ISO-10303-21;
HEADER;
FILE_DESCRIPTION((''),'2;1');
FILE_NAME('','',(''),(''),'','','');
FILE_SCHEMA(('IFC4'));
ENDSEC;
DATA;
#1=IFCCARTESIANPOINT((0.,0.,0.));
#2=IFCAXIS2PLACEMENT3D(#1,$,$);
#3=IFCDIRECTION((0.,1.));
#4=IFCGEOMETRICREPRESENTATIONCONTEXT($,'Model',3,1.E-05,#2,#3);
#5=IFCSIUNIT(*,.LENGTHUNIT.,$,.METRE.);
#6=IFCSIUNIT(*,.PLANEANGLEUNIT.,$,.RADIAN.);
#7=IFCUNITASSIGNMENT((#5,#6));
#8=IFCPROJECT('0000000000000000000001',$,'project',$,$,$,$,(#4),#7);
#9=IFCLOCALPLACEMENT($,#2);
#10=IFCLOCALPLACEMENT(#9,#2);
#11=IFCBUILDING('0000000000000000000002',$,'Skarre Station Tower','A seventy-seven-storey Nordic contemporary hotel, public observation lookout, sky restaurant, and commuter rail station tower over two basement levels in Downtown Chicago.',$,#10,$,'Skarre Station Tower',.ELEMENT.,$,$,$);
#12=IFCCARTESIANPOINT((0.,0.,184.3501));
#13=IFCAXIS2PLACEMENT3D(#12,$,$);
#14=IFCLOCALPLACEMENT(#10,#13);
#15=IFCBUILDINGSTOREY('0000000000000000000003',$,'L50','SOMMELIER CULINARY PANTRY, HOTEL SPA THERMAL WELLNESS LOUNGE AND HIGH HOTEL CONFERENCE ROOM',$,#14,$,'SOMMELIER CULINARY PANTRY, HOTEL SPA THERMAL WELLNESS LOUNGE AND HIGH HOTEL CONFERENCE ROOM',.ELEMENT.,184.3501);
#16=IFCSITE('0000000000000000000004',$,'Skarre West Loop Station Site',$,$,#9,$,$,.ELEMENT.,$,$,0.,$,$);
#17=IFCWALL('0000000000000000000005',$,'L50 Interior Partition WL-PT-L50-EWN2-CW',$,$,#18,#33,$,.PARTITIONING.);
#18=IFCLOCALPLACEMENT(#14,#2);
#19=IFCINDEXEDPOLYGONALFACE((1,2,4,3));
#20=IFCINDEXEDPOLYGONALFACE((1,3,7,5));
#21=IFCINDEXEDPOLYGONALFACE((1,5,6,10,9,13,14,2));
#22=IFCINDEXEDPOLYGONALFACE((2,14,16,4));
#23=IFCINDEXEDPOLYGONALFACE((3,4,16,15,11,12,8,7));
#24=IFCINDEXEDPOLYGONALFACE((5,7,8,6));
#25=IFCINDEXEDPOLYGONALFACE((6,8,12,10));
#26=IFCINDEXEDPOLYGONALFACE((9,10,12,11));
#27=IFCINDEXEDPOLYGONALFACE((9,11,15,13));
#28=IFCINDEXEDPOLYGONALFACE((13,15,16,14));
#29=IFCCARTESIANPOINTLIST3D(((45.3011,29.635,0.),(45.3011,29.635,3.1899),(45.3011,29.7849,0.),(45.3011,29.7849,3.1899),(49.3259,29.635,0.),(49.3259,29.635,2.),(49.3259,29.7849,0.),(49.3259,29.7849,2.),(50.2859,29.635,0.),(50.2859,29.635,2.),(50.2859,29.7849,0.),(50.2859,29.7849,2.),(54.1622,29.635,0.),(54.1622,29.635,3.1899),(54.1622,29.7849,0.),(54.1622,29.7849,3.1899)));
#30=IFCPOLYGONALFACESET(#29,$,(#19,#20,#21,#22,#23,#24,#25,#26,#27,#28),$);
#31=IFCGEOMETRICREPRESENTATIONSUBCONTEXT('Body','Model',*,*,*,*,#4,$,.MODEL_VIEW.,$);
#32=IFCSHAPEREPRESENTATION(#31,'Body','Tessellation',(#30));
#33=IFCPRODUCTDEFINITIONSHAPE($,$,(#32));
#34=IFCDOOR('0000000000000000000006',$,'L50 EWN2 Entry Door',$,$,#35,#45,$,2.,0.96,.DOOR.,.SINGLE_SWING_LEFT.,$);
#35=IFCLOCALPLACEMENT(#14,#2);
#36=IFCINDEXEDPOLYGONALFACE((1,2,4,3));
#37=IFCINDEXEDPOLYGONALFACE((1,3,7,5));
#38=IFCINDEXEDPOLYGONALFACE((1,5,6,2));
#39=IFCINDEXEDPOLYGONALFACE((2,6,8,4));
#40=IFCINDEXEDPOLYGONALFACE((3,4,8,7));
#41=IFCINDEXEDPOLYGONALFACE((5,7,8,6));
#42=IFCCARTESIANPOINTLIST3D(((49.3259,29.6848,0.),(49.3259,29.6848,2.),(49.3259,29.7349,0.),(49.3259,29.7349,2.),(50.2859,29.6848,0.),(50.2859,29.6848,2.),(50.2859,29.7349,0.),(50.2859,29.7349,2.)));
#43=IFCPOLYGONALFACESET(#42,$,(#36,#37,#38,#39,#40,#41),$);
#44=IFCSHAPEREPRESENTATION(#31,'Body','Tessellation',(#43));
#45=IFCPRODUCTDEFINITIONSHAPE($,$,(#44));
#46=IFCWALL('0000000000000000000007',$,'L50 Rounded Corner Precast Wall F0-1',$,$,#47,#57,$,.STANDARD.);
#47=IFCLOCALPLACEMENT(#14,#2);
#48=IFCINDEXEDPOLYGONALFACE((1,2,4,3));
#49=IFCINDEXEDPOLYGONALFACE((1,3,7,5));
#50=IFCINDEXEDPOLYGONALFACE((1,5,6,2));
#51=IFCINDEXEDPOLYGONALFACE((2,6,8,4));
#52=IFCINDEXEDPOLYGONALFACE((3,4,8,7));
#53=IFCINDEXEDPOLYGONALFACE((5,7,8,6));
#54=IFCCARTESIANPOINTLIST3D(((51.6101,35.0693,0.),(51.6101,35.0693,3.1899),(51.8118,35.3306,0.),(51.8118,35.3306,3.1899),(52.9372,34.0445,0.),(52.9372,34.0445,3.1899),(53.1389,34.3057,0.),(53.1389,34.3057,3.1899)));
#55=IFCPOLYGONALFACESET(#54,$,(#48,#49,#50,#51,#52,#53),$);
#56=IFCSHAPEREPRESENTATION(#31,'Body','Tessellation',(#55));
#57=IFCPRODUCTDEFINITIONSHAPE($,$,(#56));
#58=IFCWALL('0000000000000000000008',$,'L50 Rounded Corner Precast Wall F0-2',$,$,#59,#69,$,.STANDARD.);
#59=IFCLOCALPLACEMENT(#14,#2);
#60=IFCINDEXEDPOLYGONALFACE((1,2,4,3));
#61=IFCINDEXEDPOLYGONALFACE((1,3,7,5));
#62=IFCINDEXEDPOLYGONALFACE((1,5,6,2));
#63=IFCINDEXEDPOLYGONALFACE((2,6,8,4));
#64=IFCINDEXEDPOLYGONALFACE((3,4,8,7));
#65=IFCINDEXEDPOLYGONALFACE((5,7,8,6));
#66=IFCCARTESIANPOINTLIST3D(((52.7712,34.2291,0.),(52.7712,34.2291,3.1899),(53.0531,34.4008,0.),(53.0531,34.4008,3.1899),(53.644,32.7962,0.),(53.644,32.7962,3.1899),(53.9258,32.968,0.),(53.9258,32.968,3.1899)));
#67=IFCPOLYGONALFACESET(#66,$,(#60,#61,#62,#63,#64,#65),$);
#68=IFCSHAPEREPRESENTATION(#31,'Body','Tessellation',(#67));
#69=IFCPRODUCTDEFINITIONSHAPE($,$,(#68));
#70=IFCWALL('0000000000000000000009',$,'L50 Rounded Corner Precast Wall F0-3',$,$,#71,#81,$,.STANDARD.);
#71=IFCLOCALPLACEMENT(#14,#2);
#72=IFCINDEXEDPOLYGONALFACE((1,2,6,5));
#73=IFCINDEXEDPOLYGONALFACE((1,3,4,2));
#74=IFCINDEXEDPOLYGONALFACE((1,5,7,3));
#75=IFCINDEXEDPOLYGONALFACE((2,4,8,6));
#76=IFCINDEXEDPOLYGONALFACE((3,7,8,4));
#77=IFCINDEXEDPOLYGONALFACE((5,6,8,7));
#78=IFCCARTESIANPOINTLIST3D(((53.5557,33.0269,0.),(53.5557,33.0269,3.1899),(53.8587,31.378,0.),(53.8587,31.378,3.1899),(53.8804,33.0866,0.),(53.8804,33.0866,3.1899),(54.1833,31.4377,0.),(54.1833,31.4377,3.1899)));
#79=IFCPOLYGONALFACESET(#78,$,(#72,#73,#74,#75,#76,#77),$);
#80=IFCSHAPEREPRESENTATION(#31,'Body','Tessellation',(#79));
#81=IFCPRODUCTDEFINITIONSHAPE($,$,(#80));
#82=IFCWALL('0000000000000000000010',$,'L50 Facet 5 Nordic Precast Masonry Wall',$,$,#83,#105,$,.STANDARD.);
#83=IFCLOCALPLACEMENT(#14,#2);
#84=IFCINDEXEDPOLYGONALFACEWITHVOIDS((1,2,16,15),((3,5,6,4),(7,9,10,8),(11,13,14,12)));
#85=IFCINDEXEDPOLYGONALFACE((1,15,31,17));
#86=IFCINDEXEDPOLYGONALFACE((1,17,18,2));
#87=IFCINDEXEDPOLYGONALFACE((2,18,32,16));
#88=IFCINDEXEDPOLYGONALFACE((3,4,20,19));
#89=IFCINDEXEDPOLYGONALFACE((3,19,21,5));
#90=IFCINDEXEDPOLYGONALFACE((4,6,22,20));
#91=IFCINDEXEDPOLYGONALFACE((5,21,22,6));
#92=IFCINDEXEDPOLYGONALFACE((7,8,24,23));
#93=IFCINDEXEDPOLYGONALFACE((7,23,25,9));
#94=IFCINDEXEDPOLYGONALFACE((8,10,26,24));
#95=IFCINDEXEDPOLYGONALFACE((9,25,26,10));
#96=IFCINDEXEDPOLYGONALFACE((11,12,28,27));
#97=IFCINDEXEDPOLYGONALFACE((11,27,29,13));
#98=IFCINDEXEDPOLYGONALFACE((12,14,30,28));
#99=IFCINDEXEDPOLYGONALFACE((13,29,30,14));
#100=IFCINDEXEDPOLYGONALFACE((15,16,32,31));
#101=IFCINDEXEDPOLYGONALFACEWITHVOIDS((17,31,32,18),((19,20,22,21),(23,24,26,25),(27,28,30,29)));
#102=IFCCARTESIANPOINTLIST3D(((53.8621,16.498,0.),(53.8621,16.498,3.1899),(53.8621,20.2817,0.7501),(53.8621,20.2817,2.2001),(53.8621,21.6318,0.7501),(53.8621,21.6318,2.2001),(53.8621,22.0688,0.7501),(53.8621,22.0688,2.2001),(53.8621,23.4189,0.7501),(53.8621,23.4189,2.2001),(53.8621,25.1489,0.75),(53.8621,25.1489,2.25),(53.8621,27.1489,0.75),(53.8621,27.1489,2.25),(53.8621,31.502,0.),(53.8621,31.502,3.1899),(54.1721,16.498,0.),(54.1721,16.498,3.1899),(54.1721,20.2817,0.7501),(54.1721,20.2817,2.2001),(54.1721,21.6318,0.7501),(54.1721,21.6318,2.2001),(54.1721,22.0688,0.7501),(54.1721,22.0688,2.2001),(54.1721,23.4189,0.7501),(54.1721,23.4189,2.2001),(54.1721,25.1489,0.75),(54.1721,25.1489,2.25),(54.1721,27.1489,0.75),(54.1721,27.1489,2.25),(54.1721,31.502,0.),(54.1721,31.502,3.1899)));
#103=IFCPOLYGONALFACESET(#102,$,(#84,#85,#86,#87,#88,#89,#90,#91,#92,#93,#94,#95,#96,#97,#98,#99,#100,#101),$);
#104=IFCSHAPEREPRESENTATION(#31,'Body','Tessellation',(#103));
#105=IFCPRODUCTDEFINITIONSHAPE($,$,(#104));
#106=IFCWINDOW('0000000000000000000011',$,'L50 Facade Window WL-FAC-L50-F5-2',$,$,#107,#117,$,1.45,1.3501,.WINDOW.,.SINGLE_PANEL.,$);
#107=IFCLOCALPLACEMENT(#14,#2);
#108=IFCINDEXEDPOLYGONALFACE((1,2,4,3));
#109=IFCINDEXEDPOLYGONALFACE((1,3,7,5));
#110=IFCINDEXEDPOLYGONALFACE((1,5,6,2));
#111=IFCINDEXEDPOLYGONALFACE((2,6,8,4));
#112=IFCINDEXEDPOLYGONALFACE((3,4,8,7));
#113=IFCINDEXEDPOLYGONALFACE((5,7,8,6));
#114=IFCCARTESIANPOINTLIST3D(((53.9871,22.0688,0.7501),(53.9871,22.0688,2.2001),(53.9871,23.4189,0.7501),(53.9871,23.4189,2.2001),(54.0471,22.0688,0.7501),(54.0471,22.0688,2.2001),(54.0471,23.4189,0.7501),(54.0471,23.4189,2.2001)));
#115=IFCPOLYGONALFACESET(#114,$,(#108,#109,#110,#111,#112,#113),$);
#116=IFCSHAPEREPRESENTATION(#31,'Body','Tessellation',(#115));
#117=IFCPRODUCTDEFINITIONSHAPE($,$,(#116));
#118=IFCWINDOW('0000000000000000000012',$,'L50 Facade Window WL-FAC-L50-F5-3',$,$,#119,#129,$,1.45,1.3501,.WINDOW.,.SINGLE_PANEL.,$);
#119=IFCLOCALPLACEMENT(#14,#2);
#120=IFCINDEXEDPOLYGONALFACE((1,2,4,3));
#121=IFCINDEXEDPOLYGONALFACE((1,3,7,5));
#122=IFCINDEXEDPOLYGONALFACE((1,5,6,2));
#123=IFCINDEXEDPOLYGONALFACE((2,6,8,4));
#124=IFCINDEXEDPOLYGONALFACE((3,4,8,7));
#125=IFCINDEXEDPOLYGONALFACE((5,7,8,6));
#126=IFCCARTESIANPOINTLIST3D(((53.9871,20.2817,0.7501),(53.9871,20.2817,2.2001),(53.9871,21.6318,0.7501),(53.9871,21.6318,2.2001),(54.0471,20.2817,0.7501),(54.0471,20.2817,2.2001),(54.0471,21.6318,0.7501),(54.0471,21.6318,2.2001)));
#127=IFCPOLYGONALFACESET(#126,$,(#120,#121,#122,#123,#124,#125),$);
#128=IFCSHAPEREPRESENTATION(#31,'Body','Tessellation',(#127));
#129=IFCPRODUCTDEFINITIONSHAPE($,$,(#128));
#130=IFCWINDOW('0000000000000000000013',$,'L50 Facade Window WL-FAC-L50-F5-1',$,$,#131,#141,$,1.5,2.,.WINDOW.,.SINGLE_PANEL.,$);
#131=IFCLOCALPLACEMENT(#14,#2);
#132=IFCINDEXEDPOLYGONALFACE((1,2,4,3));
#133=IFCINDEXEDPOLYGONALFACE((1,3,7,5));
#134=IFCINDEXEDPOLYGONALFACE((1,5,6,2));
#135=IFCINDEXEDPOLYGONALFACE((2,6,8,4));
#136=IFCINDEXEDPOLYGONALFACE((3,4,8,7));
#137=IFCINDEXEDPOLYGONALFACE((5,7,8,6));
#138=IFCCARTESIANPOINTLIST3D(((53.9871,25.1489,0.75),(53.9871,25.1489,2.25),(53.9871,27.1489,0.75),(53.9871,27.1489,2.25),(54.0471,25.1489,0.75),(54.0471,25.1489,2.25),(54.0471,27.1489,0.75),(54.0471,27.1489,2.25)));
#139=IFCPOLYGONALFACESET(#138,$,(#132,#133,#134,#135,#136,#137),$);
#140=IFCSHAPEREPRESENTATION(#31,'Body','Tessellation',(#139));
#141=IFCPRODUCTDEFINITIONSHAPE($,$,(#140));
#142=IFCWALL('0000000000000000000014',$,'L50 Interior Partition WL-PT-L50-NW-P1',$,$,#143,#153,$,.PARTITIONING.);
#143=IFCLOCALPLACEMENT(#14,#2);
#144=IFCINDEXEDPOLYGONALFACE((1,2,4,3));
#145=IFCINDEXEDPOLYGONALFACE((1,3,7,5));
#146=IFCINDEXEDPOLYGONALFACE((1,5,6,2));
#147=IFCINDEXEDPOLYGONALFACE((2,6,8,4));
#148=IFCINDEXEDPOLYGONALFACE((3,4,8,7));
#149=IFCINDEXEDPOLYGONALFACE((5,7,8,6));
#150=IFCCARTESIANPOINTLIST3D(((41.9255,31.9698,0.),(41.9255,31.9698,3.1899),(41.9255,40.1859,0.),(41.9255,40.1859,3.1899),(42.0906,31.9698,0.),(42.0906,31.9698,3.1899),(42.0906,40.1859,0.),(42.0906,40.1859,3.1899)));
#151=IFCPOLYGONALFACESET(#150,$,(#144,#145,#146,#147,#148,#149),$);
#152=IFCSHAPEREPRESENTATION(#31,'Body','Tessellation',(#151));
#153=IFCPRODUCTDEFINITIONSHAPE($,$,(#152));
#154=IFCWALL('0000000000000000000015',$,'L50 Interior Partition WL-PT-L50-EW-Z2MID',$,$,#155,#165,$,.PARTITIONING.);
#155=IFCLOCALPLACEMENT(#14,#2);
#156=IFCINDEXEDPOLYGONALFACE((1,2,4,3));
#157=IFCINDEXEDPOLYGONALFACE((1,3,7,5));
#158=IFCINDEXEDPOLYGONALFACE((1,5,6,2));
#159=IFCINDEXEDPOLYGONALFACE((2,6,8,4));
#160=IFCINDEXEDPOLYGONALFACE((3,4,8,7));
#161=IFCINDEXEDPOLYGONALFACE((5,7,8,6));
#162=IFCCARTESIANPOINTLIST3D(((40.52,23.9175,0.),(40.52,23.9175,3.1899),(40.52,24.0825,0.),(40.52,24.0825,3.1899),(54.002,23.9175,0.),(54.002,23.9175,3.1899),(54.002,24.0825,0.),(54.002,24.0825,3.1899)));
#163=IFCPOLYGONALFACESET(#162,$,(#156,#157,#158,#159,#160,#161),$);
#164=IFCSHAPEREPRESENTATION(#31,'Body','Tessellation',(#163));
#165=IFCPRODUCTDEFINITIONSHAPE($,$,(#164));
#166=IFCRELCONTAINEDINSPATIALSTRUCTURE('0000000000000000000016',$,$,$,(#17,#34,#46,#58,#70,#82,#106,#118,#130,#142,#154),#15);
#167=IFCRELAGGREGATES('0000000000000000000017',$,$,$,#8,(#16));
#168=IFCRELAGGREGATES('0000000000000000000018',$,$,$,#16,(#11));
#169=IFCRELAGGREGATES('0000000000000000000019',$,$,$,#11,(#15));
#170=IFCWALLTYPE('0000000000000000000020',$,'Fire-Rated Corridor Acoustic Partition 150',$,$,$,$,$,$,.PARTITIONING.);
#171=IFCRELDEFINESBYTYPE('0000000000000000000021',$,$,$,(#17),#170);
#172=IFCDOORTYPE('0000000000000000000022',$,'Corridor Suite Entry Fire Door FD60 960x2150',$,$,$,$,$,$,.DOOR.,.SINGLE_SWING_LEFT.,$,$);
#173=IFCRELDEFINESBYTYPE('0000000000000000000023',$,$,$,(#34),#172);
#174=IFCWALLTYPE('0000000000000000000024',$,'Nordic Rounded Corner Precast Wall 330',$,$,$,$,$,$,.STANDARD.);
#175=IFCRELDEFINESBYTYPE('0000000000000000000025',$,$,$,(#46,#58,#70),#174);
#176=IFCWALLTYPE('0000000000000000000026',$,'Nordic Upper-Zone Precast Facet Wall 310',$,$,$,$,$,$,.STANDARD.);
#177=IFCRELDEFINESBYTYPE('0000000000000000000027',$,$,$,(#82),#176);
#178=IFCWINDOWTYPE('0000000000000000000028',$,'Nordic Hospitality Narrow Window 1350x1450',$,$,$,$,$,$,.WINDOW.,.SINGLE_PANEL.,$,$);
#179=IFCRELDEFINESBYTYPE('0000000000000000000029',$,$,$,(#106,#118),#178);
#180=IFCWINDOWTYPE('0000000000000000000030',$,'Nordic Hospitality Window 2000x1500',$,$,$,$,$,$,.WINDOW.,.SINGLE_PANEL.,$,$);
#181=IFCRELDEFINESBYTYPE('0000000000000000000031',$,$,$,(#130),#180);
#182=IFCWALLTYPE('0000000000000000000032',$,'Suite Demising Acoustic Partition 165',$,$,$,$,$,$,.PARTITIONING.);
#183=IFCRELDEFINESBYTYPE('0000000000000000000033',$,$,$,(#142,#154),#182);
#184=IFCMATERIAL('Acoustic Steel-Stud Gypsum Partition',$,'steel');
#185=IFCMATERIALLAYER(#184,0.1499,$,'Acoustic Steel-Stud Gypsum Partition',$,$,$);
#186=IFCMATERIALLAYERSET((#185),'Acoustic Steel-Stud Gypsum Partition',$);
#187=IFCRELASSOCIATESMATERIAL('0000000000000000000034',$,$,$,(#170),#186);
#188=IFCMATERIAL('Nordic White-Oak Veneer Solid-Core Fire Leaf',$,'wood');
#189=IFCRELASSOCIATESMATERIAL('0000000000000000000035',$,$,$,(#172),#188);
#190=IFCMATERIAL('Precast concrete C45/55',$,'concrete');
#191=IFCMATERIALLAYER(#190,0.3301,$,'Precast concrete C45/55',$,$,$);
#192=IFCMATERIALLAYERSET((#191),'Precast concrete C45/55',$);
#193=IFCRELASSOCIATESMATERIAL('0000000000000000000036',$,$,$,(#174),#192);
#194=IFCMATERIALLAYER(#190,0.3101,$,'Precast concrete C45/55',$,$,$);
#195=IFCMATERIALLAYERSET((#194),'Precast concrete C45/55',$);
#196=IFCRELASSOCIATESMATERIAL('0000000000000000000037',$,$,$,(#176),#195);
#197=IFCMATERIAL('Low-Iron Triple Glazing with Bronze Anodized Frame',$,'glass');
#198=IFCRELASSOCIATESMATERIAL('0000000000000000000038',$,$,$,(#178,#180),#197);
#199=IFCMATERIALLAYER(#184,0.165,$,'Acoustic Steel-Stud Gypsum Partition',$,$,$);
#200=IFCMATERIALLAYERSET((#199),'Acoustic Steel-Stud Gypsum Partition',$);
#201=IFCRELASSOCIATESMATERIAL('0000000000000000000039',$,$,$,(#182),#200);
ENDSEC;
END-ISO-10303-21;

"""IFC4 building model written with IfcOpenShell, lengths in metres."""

from ifc_helpers import new_model, si_unit, direction, frame, frame_2d, origin, place, context, subcontext, project, spatial, rectangle, extrude, material, layer, layer_set, type_object, element, fill, save


model = new_model("IFC4")

# Units and contexts
model_context = context("Model", 3, precision=1e-05, world=origin(), true_north=direction((0.0, 1.0)))
body_context = subcontext(model_context, "Body", "Model", "MODEL_VIEW")
ifc_project = project(units=[si_unit("LENGTHUNIT", "METRE"), si_unit("PLANEANGLEUNIT", "RADIAN")], contexts=[model_context])

# Site, building, storey
site_placement = place(None, origin())
site = spatial("IfcSite", under=ifc_project, at=site_placement, Name="Skarre West Loop Station Site", CompositionType="ELEMENT", RefElevation=0.0)
building_placement = place(site_placement, origin())
building = spatial("IfcBuilding", under=site, at=building_placement, Name="Skarre Station Tower", Description="A seventy-seven-storey Nordic contemporary hotel, public observation lookout, sky restaurant, and commuter rail station tower over two basement levels in Downtown Chicago.", LongName="Skarre Station Tower", CompositionType="ELEMENT")
storey_placement = place(building_placement, frame((0.0, 0.0, 184.3501)))
storey = spatial("IfcBuildingStorey", under=building, at=storey_placement, Name="L50", Description="SOMMELIER CULINARY PANTRY, HOTEL SPA THERMAL WELLNESS LOUNGE AND HIGH HOTEL CONFERENCE ROOM", LongName="SOMMELIER CULINARY PANTRY, HOTEL SPA THERMAL WELLNESS LOUNGE AND HIGH HOTEL CONFERENCE ROOM", CompositionType="ELEMENT", Elevation=184.3501)

# Shared definitions
ifc_material_1 = material(Name="Acoustic Steel-Stud Gypsum Partition", Category="steel")
ifc_layer_1 = layer(ifc_material_1, 0.1499, Name="Acoustic Steel-Stud Gypsum Partition")
ifc_layer_set_1 = layer_set([ifc_layer_1], Name="Acoustic Steel-Stud Gypsum Partition")
wall_type_1 = type_object("IfcWallType", Name="Fire-Rated Corridor Acoustic Partition 150", PredefinedType="PARTITIONING", material=ifc_layer_set_1)

# Wall, opening, door
ifc_material_2 = material(Name="Nordic White-Oak Veneer Solid-Core Fire Leaf", Category="wood")
door_type = type_object("IfcDoorType", Name="Corridor Suite Entry Fire Door FD60 960x2150", OperationType="SINGLE_SWING_LEFT", PredefinedType="DOOR", material=ifc_material_2)
wall_1_placement = place(storey_placement, frame((45.301, 29.71, 0.0), z_axis=(0.0, 0.0, 1.0), x_axis=(1.0, 0.0, 0.0)))
wall_1 = element("IfcWall", 1, at=wall_1_placement, inside=storey, type_object=wall_type_1, Name="L50 Interior Partition WL-PT-L50-EWN2-CW", PredefinedType="PARTITIONING", context=body_context, shape_type="SweptSolid", body=[
    extrude(rectangle(XDim=8.8611, YDim=0.1499, at=frame_2d((4.4307, 0.0))), origin(), (0.0, 0.0, 1.0), 3.1899),
])
opening_1_placement = place(wall_1_placement, frame((4.0249, 0.0, 0.0)))
opening_1 = element("IfcOpeningElement", 2, at=opening_1_placement, cuts=wall_1, PredefinedType="OPENING", context=body_context, shape_type="SweptSolid", body=[
    extrude(rectangle(XDim=0.96, YDim=2.0, at=frame_2d((0.48, 1.0))), frame((0.0, 0.085, 0.0), z_axis=(0.0, -1.0, 0.0), x_axis=(1.0, 0.0, 0.0)), (0.0, 0.0, 1.0), 0.1699),
])
door_1_placement = place(opening_1_placement, origin())
door_1 = element("IfcDoor", 3, at=door_1_placement, inside=storey, type_object=door_type, Name="L50 EWN2 Entry Door", OperationType="SINGLE_SWING_LEFT", OverallHeight=2.0, OverallWidth=0.96, PredefinedType="DOOR", context=body_context, shape_type="SweptSolid", body=[
    extrude(rectangle(XDim=0.96, YDim=2.0, at=frame_2d((0.48, 1.0))), frame((0.0, 0.0249, 0.0), z_axis=(0.0, -1.0, 0.0), x_axis=(1.0, 0.0, 0.0)), (0.0, 0.0, 1.0), 0.05),
])
fill(opening_1, door_1)

# Walls
ifc_material_3 = material(Name="Precast concrete C45/55", Category="concrete")
ifc_layer_2 = layer(ifc_material_3, 0.3301, Name="Precast concrete C45/55")
ifc_layer_set_2 = layer_set([ifc_layer_2], Name="Precast concrete C45/55")
wall_type_2 = type_object("IfcWallType", Name="Nordic Rounded Corner Precast Wall 330", PredefinedType="STANDARD", material=ifc_layer_set_2)
wall_2_placement = place(storey_placement, frame((51.7109, 35.2, 0.0), z_axis=(0.0, 0.0, 1.0), x_axis=(0.791464, -0.611215, 0.0)))
element("IfcWall", 4, at=wall_2_placement, inside=storey, type_object=wall_type_2, Name="L50 Rounded Corner Precast Wall F0-1", PredefinedType="STANDARD", context=body_context, shape_type="SweptSolid", body=[
    extrude(rectangle(XDim=1.6768, YDim=0.3301, at=frame_2d((0.8384, 0.0))), origin(), (0.0, 0.0, 1.0), 3.1899),
])
wall_3_placement = place(storey_placement, frame((52.9121, 34.3149, 0.0), z_axis=(0.0, 0.0, 1.0), x_axis=(0.520219, -0.854033, 0.0)))
element("IfcWall", 5, at=wall_3_placement, inside=storey, type_object=wall_type_2, Name="L50 Rounded Corner Precast Wall F0-2", PredefinedType="STANDARD", context=body_context, shape_type="SweptSolid", body=[
    extrude(rectangle(XDim=1.6777, YDim=0.3301, at=frame_2d((0.8389, 0.0))), origin(), (0.0, 0.0, 1.0), 3.1899),
])
wall_4_placement = place(storey_placement, frame((53.718, 33.0569, 0.0), z_axis=(0.0, 0.0, 1.0), x_axis=(0.180718, -0.983535, 0.0)))
element("IfcWall", 6, at=wall_4_placement, inside=storey, type_object=wall_type_2, Name="L50 Rounded Corner Precast Wall F0-3", PredefinedType="STANDARD", context=body_context, shape_type="SweptSolid", body=[
    extrude(rectangle(XDim=1.6765, YDim=0.3301, at=frame_2d((0.8384, 0.0))), origin(), (0.0, 0.0, 1.0), 3.1899),
])

# Wall, openings, windows
ifc_layer_3 = layer(ifc_material_3, 0.3101, Name="Precast concrete C45/55")
ifc_layer_set_3 = layer_set([ifc_layer_3], Name="Precast concrete C45/55")
wall_type_3 = type_object("IfcWallType", Name="Nordic Upper-Zone Precast Facet Wall 310", PredefinedType="STANDARD", material=ifc_layer_set_3)
wall_5_placement = place(storey_placement, frame((54.0171, 31.502, 0.0), z_axis=(0.0, 0.0, 1.0), x_axis=(0.0, -1.0, 0.0)))
wall_5 = element("IfcWall", 7, at=wall_5_placement, inside=storey, type_object=wall_type_3, Name="L50 Facet 5 Nordic Precast Masonry Wall", PredefinedType="STANDARD", context=body_context, shape_type="SweptSolid", body=[
    extrude(rectangle(XDim=15.0039, YDim=0.3101, at=frame_2d((7.502, 0.0))), origin(), (0.0, 0.0, 1.0), 3.1899),
])
opening_2_placement = place(wall_5_placement, frame((4.353, 0.0, 0.75)))
opening_2 = element("IfcOpeningElement", 8, at=opening_2_placement, cuts=wall_5, PredefinedType="OPENING", context=body_context, shape_type="SweptSolid", body=[
    extrude(rectangle(XDim=2.0, YDim=1.5, at=frame_2d((1.0, 0.75))), frame((0.0, 0.165, 0.0), z_axis=(0.0, -1.0, 0.0), x_axis=(1.0, 0.0, 0.0)), (0.0, 0.0, 1.0), 0.3301),
])
opening_3_placement = place(wall_5_placement, frame((8.083, 0.0, 0.75)))
opening_3 = element("IfcOpeningElement", 9, at=opening_3_placement, cuts=wall_5, PredefinedType="OPENING", context=body_context, shape_type="SweptSolid", body=[
    extrude(rectangle(XDim=1.3501, YDim=1.45, at=frame_2d((0.675, 0.7251))), frame((0.0, 0.165, 0.0), z_axis=(0.0, -1.0, 0.0), x_axis=(1.0, 0.0, 0.0)), (0.0, 0.0, 1.0), 0.3301),
])
opening_4_placement = place(wall_5_placement, frame((9.8701, 0.0, 0.75)))
opening_4 = element("IfcOpeningElement", 10, at=opening_4_placement, cuts=wall_5, PredefinedType="OPENING", context=body_context, shape_type="SweptSolid", body=[
    extrude(rectangle(XDim=1.3501, YDim=1.45, at=frame_2d((0.675, 0.7251))), frame((0.0, 0.165, 0.0), z_axis=(0.0, -1.0, 0.0), x_axis=(1.0, 0.0, 0.0)), (0.0, 0.0, 1.0), 0.3301),
])
ifc_material_4 = material(Name="Low-Iron Triple Glazing with Bronze Anodized Frame", Category="glass")
window_type_1 = type_object("IfcWindowType", Name="Nordic Hospitality Narrow Window 1350x1450", PartitioningType="SINGLE_PANEL", PredefinedType="WINDOW", material=ifc_material_4)
window_1_placement = place(opening_3_placement, origin())
window_1 = element("IfcWindow", 11, at=window_1_placement, inside=storey, type_object=window_type_1, Name="L50 Facade Window WL-FAC-L50-F5-2", OverallHeight=1.45, OverallWidth=1.3501, PartitioningType="SINGLE_PANEL", PredefinedType="WINDOW", context=body_context, shape_type="SweptSolid", body=[
    extrude(rectangle(XDim=1.3501, YDim=1.45, at=frame_2d((0.675, 0.7251))), frame((0.0, 0.03, 0.0), z_axis=(0.0, -1.0, 0.0), x_axis=(1.0, 0.0, 0.0)), (0.0, 0.0, 1.0), 0.0601),
])
fill(opening_3, window_1)
window_2_placement = place(opening_4_placement, origin())
window_2 = element("IfcWindow", 12, at=window_2_placement, inside=storey, type_object=window_type_1, Name="L50 Facade Window WL-FAC-L50-F5-3", OverallHeight=1.45, OverallWidth=1.3501, PartitioningType="SINGLE_PANEL", PredefinedType="WINDOW", context=body_context, shape_type="SweptSolid", body=[
    extrude(rectangle(XDim=1.3501, YDim=1.45, at=frame_2d((0.675, 0.7251))), frame((0.0, 0.03, 0.0), z_axis=(0.0, -1.0, 0.0), x_axis=(1.0, 0.0, 0.0)), (0.0, 0.0, 1.0), 0.0601),
])
fill(opening_4, window_2)
window_type_2 = type_object("IfcWindowType", Name="Nordic Hospitality Window 2000x1500", PartitioningType="SINGLE_PANEL", PredefinedType="WINDOW", material=ifc_material_4)
window_3_placement = place(opening_2_placement, origin())
window_3 = element("IfcWindow", 13, at=window_3_placement, inside=storey, type_object=window_type_2, Name="L50 Facade Window WL-FAC-L50-F5-1", OverallHeight=1.5, OverallWidth=2.0, PartitioningType="SINGLE_PANEL", PredefinedType="WINDOW", context=body_context, shape_type="SweptSolid", body=[
    extrude(rectangle(XDim=2.0, YDim=1.5, at=frame_2d((1.0, 0.75))), frame((0.0, 0.03, 0.0), z_axis=(0.0, -1.0, 0.0), x_axis=(1.0, 0.0, 0.0)), (0.0, 0.0, 1.0), 0.0601),
])
fill(opening_2, window_3)

# Walls
ifc_layer_4 = layer(ifc_material_1, 0.165, Name="Acoustic Steel-Stud Gypsum Partition")
ifc_layer_set_4 = layer_set([ifc_layer_4], Name="Acoustic Steel-Stud Gypsum Partition")
wall_type_4 = type_object("IfcWallType", Name="Suite Demising Acoustic Partition 165", PredefinedType="PARTITIONING", material=ifc_layer_set_4)
wall_6_placement = place(storey_placement, frame((42.0081, 31.97, 0.0), z_axis=(0.0, 0.0, 1.0), x_axis=(0.0, 1.0, 0.0)))
element("IfcWall", 14, at=wall_6_placement, inside=storey, type_object=wall_type_4, Name="L50 Interior Partition WL-PT-L50-NW-P1", PredefinedType="PARTITIONING", context=body_context, shape_type="SweptSolid", body=[
    extrude(rectangle(XDim=8.2161, YDim=0.165, at=frame_2d((4.1079, 0.0))), origin(), (0.0, 0.0, 1.0), 3.1899),
])
wall_7_placement = place(storey_placement, frame((40.52, 24.0, 0.0), z_axis=(0.0, 0.0, 1.0), x_axis=(1.0, 0.0, 0.0)))
element("IfcWall", 15, at=wall_7_placement, inside=storey, type_object=wall_type_4, Name="L50 Interior Partition WL-PT-L50-EW-Z2MID", PredefinedType="PARTITIONING", context=body_context, shape_type="SweptSolid", body=[
    extrude(rectangle(XDim=13.4819, YDim=0.165, at=frame_2d((6.741, 0.0))), origin(), (0.0, 0.0, 1.0), 3.1899),
])

save(model, "model.ifc")
